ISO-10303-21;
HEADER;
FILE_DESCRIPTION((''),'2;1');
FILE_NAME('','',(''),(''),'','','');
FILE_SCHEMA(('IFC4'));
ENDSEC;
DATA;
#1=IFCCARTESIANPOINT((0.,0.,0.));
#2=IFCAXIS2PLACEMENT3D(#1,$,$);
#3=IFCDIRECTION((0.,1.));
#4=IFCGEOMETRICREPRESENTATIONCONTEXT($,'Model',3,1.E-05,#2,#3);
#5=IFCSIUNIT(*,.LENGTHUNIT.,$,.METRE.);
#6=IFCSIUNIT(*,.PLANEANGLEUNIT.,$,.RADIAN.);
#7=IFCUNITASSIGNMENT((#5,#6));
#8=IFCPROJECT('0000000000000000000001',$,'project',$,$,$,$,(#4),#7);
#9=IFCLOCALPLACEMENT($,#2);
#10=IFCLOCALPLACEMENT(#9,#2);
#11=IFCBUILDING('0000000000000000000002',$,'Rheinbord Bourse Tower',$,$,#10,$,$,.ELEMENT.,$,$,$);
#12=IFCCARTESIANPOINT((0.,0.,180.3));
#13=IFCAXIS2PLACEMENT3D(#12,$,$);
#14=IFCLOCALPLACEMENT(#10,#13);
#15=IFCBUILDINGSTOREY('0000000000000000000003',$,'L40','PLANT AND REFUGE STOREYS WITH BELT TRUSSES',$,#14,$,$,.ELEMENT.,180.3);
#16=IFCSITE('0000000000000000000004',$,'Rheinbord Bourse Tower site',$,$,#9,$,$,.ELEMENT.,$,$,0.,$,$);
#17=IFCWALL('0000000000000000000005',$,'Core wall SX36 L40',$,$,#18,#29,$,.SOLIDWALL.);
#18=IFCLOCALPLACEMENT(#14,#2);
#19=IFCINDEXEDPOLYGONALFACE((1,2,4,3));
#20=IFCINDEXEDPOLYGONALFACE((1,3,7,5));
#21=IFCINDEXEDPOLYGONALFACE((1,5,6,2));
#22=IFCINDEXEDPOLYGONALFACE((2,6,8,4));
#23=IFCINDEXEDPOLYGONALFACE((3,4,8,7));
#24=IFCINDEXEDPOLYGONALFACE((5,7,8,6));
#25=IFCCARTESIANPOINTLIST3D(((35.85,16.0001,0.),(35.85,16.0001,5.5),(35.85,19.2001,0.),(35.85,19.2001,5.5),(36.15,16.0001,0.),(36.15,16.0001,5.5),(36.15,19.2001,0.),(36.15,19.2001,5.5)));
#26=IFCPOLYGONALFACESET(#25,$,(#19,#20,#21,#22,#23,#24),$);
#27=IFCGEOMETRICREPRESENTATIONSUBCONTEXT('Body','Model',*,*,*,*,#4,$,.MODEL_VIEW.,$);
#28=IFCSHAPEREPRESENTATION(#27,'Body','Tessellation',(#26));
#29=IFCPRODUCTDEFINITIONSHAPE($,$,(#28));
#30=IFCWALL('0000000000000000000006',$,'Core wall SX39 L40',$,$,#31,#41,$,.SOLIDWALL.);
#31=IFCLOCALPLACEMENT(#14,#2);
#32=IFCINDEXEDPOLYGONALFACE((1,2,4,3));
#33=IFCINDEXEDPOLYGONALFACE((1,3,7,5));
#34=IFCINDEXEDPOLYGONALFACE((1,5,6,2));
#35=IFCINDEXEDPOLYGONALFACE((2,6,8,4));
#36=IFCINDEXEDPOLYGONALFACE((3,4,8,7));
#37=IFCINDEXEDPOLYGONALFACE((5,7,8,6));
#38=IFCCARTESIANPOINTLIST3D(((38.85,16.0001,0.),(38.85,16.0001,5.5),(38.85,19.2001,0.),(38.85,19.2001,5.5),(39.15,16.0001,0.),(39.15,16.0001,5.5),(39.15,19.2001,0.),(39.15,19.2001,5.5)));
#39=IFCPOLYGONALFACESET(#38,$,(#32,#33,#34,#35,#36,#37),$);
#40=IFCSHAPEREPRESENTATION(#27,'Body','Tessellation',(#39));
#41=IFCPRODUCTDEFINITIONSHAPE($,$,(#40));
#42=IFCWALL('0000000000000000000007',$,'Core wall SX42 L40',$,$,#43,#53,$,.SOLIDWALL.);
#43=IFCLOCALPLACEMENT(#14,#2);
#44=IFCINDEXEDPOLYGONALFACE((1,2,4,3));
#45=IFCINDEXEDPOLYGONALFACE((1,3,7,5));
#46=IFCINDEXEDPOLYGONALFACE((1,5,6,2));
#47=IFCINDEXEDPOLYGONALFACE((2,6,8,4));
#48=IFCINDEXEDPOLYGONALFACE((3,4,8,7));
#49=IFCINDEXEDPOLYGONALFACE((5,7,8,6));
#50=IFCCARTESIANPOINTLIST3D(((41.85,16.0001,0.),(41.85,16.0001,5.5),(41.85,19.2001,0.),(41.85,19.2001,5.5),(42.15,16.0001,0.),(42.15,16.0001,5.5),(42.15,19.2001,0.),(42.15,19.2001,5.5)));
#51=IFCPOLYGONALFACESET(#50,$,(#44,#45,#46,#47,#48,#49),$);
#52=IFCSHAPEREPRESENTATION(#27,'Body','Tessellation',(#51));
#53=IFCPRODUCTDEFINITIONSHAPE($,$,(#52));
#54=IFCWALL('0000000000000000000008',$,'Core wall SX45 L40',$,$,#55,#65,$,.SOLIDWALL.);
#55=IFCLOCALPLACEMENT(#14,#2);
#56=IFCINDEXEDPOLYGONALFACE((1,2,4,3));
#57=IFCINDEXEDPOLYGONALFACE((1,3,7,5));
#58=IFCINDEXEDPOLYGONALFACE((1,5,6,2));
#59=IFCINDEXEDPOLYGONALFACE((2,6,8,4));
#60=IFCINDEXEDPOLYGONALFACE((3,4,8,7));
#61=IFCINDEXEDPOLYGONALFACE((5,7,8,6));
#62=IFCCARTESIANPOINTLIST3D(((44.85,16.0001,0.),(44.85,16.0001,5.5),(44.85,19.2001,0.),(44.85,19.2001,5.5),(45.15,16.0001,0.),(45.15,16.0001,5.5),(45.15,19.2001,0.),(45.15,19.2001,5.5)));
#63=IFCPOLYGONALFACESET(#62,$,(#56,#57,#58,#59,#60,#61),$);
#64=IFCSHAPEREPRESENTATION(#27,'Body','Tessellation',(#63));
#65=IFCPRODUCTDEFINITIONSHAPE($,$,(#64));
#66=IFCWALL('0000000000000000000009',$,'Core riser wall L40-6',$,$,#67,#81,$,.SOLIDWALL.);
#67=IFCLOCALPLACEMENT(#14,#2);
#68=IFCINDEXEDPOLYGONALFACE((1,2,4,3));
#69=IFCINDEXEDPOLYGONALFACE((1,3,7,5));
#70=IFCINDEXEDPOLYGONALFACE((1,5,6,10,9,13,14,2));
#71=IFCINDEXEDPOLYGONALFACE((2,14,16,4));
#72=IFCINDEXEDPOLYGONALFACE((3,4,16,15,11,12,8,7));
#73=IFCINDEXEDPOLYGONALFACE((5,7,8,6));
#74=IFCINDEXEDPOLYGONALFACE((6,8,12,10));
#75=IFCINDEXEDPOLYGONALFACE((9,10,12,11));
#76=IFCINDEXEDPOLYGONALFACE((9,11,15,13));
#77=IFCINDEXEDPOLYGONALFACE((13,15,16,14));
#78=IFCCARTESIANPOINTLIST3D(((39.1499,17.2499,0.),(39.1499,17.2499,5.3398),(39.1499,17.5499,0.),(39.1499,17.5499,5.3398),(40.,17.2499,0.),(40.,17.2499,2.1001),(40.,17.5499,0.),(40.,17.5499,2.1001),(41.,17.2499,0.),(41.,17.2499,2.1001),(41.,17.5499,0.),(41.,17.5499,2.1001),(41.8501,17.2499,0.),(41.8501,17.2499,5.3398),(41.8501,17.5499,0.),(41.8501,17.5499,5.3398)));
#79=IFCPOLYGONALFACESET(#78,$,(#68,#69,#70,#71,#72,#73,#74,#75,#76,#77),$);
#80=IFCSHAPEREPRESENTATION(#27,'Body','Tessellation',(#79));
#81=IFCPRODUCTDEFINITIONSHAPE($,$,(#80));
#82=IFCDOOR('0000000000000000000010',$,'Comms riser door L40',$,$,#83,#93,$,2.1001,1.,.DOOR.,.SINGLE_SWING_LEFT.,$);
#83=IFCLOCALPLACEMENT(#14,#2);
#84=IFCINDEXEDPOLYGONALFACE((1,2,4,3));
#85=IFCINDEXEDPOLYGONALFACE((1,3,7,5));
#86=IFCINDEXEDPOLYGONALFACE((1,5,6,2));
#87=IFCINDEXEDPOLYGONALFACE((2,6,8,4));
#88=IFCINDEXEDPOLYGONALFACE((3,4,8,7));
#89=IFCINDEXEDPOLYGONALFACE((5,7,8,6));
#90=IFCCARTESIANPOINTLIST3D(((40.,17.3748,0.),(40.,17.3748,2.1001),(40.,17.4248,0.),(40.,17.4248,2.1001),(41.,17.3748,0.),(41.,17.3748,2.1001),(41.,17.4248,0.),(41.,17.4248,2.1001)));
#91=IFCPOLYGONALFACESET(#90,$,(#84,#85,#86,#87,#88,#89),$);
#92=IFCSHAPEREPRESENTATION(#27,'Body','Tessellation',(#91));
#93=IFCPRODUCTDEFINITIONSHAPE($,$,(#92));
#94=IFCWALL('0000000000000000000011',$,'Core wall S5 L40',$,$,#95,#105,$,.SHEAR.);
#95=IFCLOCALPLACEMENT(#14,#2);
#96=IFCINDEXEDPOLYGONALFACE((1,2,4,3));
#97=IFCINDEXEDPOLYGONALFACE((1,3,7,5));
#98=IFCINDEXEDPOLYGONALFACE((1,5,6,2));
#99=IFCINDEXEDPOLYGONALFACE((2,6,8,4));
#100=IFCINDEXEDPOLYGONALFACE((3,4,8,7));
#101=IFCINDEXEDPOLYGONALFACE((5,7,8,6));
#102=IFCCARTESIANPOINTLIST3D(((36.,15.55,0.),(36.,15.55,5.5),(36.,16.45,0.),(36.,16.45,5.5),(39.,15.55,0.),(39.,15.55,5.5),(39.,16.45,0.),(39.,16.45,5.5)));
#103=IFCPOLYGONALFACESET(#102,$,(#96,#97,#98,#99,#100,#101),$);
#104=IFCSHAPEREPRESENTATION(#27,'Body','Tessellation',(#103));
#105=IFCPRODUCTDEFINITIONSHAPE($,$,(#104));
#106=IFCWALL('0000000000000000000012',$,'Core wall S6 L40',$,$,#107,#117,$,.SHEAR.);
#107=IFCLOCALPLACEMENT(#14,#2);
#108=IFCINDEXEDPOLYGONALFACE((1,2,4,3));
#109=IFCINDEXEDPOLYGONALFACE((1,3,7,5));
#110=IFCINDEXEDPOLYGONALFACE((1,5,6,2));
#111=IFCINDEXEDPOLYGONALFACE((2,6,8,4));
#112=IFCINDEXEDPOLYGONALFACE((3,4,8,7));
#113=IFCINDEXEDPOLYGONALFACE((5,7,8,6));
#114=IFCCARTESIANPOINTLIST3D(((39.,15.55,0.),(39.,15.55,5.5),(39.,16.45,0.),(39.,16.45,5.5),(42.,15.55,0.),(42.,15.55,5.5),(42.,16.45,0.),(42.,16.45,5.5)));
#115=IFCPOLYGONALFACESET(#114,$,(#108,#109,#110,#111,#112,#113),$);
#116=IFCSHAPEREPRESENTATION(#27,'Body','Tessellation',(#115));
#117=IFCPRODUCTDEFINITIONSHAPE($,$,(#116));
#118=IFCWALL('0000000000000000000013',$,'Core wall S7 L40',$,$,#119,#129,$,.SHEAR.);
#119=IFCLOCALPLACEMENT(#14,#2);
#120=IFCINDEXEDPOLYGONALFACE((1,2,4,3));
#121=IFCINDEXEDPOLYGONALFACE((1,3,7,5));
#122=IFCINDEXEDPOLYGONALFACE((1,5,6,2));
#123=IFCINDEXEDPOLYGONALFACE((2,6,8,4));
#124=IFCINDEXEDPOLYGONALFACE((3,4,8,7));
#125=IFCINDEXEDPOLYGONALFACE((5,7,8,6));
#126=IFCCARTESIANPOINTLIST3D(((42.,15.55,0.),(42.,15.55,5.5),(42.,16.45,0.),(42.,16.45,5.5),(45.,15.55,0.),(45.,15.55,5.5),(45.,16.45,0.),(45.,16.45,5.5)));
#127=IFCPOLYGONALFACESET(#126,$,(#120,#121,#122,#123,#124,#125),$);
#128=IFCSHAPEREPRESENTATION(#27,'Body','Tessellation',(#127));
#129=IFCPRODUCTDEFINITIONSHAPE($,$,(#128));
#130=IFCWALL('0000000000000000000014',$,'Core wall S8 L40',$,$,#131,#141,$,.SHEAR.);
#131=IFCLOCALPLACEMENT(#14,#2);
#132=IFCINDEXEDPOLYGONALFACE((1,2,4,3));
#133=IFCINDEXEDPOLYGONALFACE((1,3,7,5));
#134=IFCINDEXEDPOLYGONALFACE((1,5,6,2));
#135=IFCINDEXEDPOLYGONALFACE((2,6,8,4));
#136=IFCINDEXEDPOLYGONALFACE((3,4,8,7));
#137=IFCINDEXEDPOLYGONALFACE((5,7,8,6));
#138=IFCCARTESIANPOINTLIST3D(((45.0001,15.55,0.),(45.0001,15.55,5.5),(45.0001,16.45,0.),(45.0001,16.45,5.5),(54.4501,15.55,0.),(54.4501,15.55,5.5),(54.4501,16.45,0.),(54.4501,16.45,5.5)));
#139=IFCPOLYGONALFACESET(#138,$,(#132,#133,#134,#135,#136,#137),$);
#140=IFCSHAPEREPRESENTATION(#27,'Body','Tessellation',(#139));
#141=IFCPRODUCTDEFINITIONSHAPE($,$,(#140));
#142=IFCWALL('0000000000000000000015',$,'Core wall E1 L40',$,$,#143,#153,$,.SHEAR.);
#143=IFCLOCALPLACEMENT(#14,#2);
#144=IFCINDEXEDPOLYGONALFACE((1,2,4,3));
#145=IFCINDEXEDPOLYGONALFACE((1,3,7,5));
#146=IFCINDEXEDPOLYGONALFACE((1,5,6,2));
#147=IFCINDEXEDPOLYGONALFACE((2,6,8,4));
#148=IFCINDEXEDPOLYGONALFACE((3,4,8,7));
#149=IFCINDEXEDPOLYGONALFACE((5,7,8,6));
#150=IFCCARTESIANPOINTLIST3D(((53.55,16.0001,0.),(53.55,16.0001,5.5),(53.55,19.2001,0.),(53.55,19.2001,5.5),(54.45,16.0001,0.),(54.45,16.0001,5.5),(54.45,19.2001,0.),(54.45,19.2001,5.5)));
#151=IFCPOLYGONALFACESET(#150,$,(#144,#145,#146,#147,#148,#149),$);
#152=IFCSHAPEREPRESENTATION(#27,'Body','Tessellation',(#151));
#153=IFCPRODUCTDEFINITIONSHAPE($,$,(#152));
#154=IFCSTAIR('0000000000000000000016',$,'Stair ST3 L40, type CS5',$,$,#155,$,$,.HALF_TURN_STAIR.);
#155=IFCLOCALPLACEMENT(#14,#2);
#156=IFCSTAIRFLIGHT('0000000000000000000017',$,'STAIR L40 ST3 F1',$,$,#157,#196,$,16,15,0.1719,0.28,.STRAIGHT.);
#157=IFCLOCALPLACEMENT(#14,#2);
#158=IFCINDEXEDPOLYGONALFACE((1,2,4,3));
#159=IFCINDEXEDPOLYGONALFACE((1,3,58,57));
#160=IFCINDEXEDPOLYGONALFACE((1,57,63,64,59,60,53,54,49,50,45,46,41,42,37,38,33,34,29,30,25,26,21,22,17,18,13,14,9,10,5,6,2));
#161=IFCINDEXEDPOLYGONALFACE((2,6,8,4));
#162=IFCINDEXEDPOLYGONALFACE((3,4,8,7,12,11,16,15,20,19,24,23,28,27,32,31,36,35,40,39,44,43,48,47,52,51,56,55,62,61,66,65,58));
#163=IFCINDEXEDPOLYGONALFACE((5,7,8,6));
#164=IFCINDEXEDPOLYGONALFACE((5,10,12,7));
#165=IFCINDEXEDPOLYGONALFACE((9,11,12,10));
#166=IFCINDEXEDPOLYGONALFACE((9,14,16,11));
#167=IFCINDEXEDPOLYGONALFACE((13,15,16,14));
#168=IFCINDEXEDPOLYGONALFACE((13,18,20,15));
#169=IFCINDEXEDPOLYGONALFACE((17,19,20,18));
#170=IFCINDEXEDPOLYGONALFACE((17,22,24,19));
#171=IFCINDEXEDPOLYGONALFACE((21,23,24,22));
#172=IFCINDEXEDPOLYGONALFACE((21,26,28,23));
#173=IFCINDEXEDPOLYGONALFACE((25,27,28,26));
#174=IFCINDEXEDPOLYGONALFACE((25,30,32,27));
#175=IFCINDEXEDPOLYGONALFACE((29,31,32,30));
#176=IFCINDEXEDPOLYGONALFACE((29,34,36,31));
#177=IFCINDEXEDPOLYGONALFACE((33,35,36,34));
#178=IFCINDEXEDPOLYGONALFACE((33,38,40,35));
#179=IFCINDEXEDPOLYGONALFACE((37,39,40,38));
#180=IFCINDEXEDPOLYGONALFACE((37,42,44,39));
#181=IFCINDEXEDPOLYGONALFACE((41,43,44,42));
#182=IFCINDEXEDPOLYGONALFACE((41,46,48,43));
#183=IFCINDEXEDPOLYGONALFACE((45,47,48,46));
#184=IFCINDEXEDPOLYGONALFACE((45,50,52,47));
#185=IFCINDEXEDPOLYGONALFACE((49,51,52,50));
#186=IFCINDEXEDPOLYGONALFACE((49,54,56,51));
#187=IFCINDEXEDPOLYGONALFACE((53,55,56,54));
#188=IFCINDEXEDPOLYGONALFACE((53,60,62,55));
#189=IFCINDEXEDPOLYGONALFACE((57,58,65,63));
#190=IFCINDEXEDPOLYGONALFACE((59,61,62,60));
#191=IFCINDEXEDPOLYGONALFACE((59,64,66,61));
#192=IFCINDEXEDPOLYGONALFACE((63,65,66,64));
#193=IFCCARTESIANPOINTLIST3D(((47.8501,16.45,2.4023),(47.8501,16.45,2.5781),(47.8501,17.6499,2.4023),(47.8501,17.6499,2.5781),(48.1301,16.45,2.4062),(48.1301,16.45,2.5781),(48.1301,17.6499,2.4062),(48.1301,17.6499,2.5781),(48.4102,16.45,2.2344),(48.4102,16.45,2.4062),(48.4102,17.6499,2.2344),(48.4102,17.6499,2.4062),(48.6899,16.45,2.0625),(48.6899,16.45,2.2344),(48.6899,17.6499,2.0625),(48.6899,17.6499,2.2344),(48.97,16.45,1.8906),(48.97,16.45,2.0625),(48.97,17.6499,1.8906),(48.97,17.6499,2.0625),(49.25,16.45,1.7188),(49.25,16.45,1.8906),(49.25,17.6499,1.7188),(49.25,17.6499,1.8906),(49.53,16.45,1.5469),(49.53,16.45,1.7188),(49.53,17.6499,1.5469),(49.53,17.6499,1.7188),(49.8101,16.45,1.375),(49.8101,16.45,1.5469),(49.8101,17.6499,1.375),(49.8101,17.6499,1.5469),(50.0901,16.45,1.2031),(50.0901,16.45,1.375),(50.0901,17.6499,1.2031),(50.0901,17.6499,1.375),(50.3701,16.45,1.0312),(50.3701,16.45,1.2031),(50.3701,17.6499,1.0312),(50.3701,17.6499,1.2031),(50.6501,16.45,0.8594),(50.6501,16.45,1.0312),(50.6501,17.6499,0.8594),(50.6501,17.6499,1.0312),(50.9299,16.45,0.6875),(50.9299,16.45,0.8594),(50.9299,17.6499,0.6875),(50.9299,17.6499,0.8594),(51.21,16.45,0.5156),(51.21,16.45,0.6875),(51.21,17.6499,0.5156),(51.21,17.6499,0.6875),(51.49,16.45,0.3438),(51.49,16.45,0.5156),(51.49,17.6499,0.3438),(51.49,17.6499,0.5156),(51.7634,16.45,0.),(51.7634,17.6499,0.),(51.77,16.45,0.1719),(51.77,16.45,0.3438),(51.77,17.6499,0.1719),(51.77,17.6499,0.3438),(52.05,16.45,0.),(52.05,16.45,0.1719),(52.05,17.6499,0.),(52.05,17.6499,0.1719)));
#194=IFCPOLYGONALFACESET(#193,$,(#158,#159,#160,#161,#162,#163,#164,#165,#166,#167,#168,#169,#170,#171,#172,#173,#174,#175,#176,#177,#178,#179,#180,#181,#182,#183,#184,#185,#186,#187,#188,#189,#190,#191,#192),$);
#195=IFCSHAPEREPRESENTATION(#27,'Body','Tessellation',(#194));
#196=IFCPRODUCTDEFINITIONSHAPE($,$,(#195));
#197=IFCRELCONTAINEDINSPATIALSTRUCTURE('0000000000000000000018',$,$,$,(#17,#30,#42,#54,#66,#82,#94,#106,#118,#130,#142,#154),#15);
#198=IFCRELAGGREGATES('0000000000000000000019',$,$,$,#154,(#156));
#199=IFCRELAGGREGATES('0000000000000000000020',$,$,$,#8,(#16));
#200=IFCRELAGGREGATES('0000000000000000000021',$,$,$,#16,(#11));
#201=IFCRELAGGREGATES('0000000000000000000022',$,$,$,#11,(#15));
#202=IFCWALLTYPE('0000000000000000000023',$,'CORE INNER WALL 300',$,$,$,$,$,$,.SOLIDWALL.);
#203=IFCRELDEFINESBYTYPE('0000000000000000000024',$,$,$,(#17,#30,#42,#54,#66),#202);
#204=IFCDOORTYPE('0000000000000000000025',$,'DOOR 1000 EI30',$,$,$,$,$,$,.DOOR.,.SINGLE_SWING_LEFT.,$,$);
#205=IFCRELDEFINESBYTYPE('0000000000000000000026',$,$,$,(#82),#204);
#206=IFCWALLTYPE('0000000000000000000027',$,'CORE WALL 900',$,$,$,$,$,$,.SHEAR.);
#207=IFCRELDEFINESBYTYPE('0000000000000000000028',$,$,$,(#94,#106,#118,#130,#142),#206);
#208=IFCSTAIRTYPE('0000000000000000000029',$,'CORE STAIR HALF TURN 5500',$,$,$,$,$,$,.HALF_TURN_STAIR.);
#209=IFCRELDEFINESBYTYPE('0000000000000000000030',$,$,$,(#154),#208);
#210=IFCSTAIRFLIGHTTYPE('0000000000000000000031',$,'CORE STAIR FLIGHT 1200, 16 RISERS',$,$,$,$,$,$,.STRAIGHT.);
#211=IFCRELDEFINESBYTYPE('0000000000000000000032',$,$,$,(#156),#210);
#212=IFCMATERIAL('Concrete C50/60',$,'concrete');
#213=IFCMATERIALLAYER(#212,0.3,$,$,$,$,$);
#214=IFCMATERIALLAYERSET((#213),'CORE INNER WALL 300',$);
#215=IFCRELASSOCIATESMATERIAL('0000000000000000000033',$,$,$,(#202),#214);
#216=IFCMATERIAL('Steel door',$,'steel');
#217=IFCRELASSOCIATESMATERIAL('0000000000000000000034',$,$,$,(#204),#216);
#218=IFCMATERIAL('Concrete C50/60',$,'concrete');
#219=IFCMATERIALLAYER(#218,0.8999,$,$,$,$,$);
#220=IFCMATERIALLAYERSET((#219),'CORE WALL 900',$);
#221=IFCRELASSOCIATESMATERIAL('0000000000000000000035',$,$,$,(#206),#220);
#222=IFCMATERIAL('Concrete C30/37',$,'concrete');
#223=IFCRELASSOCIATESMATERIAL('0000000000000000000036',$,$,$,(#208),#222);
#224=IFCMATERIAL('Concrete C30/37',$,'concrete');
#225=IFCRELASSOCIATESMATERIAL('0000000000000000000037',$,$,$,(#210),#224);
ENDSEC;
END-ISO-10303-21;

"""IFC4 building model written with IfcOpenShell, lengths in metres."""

from ifc_helpers import new_model, si_unit, direction, frame, frame_2d, origin, place, context, subcontext, project, spatial, polyline, rectangle, outline, extrude, material, layer, layer_set, type_object, element, fill, aggregate, save


model = new_model("IFC4")

# Units and contexts
model_context = context("Model", 3, precision=1e-05, world=origin(), true_north=direction((0.0, 1.0)))
body_context = subcontext(model_context, "Body", "Model", "MODEL_VIEW")
ifc_project = project(units=[si_unit("LENGTHUNIT", "METRE"), si_unit("PLANEANGLEUNIT", "RADIAN")], contexts=[model_context])

# Site, building, storey
site_placement = place(None, origin())
site = spatial("IfcSite", under=ifc_project, at=site_placement, Name="Rheinbord Bourse Tower site", CompositionType="ELEMENT", RefElevation=0.0)
building_placement = place(site_placement, origin())
building = spatial("IfcBuilding", under=site, at=building_placement, Name="Rheinbord Bourse Tower", CompositionType="ELEMENT")
storey_placement = place(building_placement, frame((0.0, 0.0, 180.3)))
storey = spatial("IfcBuildingStorey", under=building, at=storey_placement, Name="L40", Description="PLANT AND REFUGE STOREYS WITH BELT TRUSSES", CompositionType="ELEMENT", Elevation=180.3)

# Walls
ifc_material_1 = material(Name="Concrete C50/60", Category="concrete")
ifc_layer_1 = layer(ifc_material_1, 0.3)
ifc_layer_set_1 = layer_set([ifc_layer_1], Name="CORE INNER WALL 300")
wall_type_1 = type_object("IfcWallType", Name="CORE INNER WALL 300", PredefinedType="SOLIDWALL", material=ifc_layer_set_1)
for number, where, z_axis, x_axis, name in (
    (1, (36.0, 16.0, 0.0), (0.0, 0.0, 1.0), (0.0, 1.0, 0.0), "Core wall SX36 L40"),
    (2, (39.0, 16.0, 0.0), (0.0, 0.0, 1.0), (0.0, 1.0, 0.0), "Core wall SX39 L40"),
    (3, (42.0, 16.0, 0.0), (0.0, 0.0, 1.0), (0.0, 1.0, 0.0), "Core wall SX42 L40"),
    (4, (45.0, 16.0, 0.0), (0.0, 0.0, 1.0), (0.0, 1.0, 0.0), "Core wall SX45 L40"),
):
    element("IfcWall", number, at=place(storey_placement, frame(where, z_axis=z_axis, x_axis=x_axis)), inside=storey, type_object=wall_type_1, Name=name, PredefinedType="SOLIDWALL", context=body_context, shape_type="SweptSolid", body=[
        extrude(rectangle(XDim=3.2, YDim=0.3, at=frame_2d((1.6001, 0.0))), origin(), (0.0, 0.0, 1.0), 5.5),
    ])

# Wall, opening, door
wall_1_placement = place(storey_placement, frame((39.1499, 17.3999, 0.0), z_axis=(0.0, 0.0, 1.0), x_axis=(1.0, 0.0, 0.0)))
wall_1 = element("IfcWall", 5, at=wall_1_placement, inside=storey, type_object=wall_type_1, Name="Core riser wall L40-6", PredefinedType="SOLIDWALL", context=body_context, shape_type="SweptSolid", body=[
    extrude(rectangle(XDim=2.7002, YDim=0.3, at=frame_2d((1.3501, 0.0))), origin(), (0.0, 0.0, 1.0), 5.3398),
])
opening_placement = place(wall_1_placement, frame((0.8501, 0.0, 0.0)))
opening = element("IfcOpeningElement", 6, at=opening_placement, cuts=wall_1, PredefinedType="OPENING", context=body_context, shape_type="SweptSolid", body=[
    extrude(rectangle(XDim=1.0, YDim=2.1001, at=frame_2d((0.5, 1.05))), frame((0.0, 0.1599, 0.0), z_axis=(0.0, -1.0, 0.0), x_axis=(1.0, 0.0, 0.0)), (0.0, 0.0, 1.0), 0.3201),
])
ifc_material_2 = material(Name="Steel door", Category="steel")
door_type = type_object("IfcDoorType", Name="DOOR 1000 EI30", OperationType="SINGLE_SWING_LEFT", PredefinedType="DOOR", material=ifc_material_2)
door_placement = place(opening_placement, origin())
door = element("IfcDoor", 7, at=door_placement, inside=storey, type_object=door_type, Name="Comms riser door L40", OperationType="SINGLE_SWING_LEFT", OverallHeight=2.1001, OverallWidth=1.0, PredefinedType="DOOR", context=body_context, shape_type="SweptSolid", body=[
    extrude(rectangle(XDim=1.0, YDim=2.1001, at=frame_2d((0.5, 1.05))), frame((0.0, 0.0249, 0.0), z_axis=(0.0, -1.0, 0.0), x_axis=(1.0, 0.0, 0.0)), (0.0, 0.0, 1.0), 0.05),
])
fill(opening, door)

# Walls
ifc_material_3 = material(Name="Concrete C50/60", Category="concrete")
ifc_layer_2 = layer(ifc_material_3, 0.8999)
ifc_layer_set_2 = layer_set([ifc_layer_2], Name="CORE WALL 900")
wall_type_2 = type_object("IfcWallType", Name="CORE WALL 900", PredefinedType="SHEAR", material=ifc_layer_set_2)
for number, where, z_axis, x_axis, name in (
    (8, (36.0, 16.0, 0.0), (0.0, 0.0, 1.0), (1.0, 0.0, 0.0), "Core wall S5 L40"),
    (9, (39.0, 16.0, 0.0), (0.0, 0.0, 1.0), (1.0, 0.0, 0.0), "Core wall S6 L40"),
    (10, (42.0, 16.0, 0.0), (0.0, 0.0, 1.0), (1.0, 0.0, 0.0), "Core wall S7 L40"),
):
    element("IfcWall", number, at=place(storey_placement, frame(where, z_axis=z_axis, x_axis=x_axis)), inside=storey, type_object=wall_type_2, Name=name, PredefinedType="SHEAR", context=body_context, shape_type="SweptSolid", body=[
        extrude(rectangle(XDim=3.0, YDim=0.8999, at=frame_2d((1.5, 0.0))), origin(), (0.0, 0.0, 1.0), 5.5),
    ])
wall_2_placement = place(storey_placement, frame((45.0, 16.0, 0.0), z_axis=(0.0, 0.0, 1.0), x_axis=(1.0, 0.0, 0.0)))
element("IfcWall", 11, at=wall_2_placement, inside=storey, type_object=wall_type_2, Name="Core wall S8 L40", PredefinedType="SHEAR", context=body_context, shape_type="SweptSolid", body=[
    extrude(rectangle(XDim=9.45, YDim=0.8999, at=frame_2d((4.7251, 0.0))), origin(), (0.0, 0.0, 1.0), 5.5),
])
wall_3_placement = place(storey_placement, frame((54.0, 16.0, 0.0), z_axis=(0.0, 0.0, 1.0), x_axis=(0.0, 1.0, 0.0)))
element("IfcWall", 12, at=wall_3_placement, inside=storey, type_object=wall_type_2, Name="Core wall E1 L40", PredefinedType="SHEAR", context=body_context, shape_type="SweptSolid", body=[
    extrude(rectangle(XDim=3.2, YDim=0.8999, at=frame_2d((1.6001, 0.0))), origin(), (0.0, 0.0, 1.0), 5.5),
])

# Stair, stair flight
ifc_material_4 = material(Name="Concrete C30/37", Category="concrete")
stair_type = type_object("IfcStairType", Name="CORE STAIR HALF TURN 5500", PredefinedType="HALF_TURN_STAIR", material=ifc_material_4)
stair_placement = place(storey_placement, origin())
stair = element("IfcStair", 13, at=stair_placement, inside=storey, type_object=stair_type, Name="Stair ST3 L40, type CS5", PredefinedType="HALF_TURN_STAIR")
ifc_material_5 = material(Name="Concrete C30/37", Category="concrete")
stair_flight_type = type_object("IfcStairFlightType", Name="CORE STAIR FLIGHT 1200, 16 RISERS", PredefinedType="STRAIGHT", material=ifc_material_5)
stair_flight_placement = place(storey_placement, frame((52.05, 17.05, 0.0), z_axis=(0.0, 0.0, 1.0), x_axis=(-1.0, 0.0, 0.0)))
stair_flight = element("IfcStairFlight", 14, at=stair_flight_placement, type_object=stair_flight_type, Name="STAIR L40 ST3 F1", NumberOfRisers=16, NumberOfTreads=15, PredefinedType="STRAIGHT", RiserHeight=0.1719, TreadLength=0.28, context=body_context, shape_type="SweptSolid", body=[
    extrude(outline(polyline([(0.0, 0.0), (0.0, 0.1719), (0.28, 0.1719), (0.28, 0.3438), (0.5601, 0.3438), (0.5601, 0.5156), (0.8401, 0.5156), (0.8401, 0.6875), (1.1201, 0.6875), (1.1201, 0.8594), (1.3999, 0.8594), (1.3999, 1.0312), (1.6799, 1.0312), (1.6799, 1.2031), (1.96, 1.2031), (1.96, 1.375), (2.24, 1.375), (2.24, 1.5469), (2.52, 1.5469), (2.52, 1.7188), (2.8, 1.7188), (2.8, 1.8906), (3.0801, 1.8906), (3.0801, 2.0625), (3.3601, 2.0625), (3.3601, 2.2344), (3.6399, 2.2344), (3.6399, 2.4062), (3.9199, 2.4062), (3.9199, 2.5781), (4.2, 2.5781), (4.2, 2.75), (4.2, 2.4023), (0.2866, 0.0), (0.0, 0.0)])), frame((0.0, 0.6001, 0.0), z_axis=(0.0, -1.0, 0.0), x_axis=(1.0, 0.0, 0.0)), (0.0, 0.0, 1.0), 1.2),
])
aggregate(stair, [stair_flight])

save(model, "model.ifc")
